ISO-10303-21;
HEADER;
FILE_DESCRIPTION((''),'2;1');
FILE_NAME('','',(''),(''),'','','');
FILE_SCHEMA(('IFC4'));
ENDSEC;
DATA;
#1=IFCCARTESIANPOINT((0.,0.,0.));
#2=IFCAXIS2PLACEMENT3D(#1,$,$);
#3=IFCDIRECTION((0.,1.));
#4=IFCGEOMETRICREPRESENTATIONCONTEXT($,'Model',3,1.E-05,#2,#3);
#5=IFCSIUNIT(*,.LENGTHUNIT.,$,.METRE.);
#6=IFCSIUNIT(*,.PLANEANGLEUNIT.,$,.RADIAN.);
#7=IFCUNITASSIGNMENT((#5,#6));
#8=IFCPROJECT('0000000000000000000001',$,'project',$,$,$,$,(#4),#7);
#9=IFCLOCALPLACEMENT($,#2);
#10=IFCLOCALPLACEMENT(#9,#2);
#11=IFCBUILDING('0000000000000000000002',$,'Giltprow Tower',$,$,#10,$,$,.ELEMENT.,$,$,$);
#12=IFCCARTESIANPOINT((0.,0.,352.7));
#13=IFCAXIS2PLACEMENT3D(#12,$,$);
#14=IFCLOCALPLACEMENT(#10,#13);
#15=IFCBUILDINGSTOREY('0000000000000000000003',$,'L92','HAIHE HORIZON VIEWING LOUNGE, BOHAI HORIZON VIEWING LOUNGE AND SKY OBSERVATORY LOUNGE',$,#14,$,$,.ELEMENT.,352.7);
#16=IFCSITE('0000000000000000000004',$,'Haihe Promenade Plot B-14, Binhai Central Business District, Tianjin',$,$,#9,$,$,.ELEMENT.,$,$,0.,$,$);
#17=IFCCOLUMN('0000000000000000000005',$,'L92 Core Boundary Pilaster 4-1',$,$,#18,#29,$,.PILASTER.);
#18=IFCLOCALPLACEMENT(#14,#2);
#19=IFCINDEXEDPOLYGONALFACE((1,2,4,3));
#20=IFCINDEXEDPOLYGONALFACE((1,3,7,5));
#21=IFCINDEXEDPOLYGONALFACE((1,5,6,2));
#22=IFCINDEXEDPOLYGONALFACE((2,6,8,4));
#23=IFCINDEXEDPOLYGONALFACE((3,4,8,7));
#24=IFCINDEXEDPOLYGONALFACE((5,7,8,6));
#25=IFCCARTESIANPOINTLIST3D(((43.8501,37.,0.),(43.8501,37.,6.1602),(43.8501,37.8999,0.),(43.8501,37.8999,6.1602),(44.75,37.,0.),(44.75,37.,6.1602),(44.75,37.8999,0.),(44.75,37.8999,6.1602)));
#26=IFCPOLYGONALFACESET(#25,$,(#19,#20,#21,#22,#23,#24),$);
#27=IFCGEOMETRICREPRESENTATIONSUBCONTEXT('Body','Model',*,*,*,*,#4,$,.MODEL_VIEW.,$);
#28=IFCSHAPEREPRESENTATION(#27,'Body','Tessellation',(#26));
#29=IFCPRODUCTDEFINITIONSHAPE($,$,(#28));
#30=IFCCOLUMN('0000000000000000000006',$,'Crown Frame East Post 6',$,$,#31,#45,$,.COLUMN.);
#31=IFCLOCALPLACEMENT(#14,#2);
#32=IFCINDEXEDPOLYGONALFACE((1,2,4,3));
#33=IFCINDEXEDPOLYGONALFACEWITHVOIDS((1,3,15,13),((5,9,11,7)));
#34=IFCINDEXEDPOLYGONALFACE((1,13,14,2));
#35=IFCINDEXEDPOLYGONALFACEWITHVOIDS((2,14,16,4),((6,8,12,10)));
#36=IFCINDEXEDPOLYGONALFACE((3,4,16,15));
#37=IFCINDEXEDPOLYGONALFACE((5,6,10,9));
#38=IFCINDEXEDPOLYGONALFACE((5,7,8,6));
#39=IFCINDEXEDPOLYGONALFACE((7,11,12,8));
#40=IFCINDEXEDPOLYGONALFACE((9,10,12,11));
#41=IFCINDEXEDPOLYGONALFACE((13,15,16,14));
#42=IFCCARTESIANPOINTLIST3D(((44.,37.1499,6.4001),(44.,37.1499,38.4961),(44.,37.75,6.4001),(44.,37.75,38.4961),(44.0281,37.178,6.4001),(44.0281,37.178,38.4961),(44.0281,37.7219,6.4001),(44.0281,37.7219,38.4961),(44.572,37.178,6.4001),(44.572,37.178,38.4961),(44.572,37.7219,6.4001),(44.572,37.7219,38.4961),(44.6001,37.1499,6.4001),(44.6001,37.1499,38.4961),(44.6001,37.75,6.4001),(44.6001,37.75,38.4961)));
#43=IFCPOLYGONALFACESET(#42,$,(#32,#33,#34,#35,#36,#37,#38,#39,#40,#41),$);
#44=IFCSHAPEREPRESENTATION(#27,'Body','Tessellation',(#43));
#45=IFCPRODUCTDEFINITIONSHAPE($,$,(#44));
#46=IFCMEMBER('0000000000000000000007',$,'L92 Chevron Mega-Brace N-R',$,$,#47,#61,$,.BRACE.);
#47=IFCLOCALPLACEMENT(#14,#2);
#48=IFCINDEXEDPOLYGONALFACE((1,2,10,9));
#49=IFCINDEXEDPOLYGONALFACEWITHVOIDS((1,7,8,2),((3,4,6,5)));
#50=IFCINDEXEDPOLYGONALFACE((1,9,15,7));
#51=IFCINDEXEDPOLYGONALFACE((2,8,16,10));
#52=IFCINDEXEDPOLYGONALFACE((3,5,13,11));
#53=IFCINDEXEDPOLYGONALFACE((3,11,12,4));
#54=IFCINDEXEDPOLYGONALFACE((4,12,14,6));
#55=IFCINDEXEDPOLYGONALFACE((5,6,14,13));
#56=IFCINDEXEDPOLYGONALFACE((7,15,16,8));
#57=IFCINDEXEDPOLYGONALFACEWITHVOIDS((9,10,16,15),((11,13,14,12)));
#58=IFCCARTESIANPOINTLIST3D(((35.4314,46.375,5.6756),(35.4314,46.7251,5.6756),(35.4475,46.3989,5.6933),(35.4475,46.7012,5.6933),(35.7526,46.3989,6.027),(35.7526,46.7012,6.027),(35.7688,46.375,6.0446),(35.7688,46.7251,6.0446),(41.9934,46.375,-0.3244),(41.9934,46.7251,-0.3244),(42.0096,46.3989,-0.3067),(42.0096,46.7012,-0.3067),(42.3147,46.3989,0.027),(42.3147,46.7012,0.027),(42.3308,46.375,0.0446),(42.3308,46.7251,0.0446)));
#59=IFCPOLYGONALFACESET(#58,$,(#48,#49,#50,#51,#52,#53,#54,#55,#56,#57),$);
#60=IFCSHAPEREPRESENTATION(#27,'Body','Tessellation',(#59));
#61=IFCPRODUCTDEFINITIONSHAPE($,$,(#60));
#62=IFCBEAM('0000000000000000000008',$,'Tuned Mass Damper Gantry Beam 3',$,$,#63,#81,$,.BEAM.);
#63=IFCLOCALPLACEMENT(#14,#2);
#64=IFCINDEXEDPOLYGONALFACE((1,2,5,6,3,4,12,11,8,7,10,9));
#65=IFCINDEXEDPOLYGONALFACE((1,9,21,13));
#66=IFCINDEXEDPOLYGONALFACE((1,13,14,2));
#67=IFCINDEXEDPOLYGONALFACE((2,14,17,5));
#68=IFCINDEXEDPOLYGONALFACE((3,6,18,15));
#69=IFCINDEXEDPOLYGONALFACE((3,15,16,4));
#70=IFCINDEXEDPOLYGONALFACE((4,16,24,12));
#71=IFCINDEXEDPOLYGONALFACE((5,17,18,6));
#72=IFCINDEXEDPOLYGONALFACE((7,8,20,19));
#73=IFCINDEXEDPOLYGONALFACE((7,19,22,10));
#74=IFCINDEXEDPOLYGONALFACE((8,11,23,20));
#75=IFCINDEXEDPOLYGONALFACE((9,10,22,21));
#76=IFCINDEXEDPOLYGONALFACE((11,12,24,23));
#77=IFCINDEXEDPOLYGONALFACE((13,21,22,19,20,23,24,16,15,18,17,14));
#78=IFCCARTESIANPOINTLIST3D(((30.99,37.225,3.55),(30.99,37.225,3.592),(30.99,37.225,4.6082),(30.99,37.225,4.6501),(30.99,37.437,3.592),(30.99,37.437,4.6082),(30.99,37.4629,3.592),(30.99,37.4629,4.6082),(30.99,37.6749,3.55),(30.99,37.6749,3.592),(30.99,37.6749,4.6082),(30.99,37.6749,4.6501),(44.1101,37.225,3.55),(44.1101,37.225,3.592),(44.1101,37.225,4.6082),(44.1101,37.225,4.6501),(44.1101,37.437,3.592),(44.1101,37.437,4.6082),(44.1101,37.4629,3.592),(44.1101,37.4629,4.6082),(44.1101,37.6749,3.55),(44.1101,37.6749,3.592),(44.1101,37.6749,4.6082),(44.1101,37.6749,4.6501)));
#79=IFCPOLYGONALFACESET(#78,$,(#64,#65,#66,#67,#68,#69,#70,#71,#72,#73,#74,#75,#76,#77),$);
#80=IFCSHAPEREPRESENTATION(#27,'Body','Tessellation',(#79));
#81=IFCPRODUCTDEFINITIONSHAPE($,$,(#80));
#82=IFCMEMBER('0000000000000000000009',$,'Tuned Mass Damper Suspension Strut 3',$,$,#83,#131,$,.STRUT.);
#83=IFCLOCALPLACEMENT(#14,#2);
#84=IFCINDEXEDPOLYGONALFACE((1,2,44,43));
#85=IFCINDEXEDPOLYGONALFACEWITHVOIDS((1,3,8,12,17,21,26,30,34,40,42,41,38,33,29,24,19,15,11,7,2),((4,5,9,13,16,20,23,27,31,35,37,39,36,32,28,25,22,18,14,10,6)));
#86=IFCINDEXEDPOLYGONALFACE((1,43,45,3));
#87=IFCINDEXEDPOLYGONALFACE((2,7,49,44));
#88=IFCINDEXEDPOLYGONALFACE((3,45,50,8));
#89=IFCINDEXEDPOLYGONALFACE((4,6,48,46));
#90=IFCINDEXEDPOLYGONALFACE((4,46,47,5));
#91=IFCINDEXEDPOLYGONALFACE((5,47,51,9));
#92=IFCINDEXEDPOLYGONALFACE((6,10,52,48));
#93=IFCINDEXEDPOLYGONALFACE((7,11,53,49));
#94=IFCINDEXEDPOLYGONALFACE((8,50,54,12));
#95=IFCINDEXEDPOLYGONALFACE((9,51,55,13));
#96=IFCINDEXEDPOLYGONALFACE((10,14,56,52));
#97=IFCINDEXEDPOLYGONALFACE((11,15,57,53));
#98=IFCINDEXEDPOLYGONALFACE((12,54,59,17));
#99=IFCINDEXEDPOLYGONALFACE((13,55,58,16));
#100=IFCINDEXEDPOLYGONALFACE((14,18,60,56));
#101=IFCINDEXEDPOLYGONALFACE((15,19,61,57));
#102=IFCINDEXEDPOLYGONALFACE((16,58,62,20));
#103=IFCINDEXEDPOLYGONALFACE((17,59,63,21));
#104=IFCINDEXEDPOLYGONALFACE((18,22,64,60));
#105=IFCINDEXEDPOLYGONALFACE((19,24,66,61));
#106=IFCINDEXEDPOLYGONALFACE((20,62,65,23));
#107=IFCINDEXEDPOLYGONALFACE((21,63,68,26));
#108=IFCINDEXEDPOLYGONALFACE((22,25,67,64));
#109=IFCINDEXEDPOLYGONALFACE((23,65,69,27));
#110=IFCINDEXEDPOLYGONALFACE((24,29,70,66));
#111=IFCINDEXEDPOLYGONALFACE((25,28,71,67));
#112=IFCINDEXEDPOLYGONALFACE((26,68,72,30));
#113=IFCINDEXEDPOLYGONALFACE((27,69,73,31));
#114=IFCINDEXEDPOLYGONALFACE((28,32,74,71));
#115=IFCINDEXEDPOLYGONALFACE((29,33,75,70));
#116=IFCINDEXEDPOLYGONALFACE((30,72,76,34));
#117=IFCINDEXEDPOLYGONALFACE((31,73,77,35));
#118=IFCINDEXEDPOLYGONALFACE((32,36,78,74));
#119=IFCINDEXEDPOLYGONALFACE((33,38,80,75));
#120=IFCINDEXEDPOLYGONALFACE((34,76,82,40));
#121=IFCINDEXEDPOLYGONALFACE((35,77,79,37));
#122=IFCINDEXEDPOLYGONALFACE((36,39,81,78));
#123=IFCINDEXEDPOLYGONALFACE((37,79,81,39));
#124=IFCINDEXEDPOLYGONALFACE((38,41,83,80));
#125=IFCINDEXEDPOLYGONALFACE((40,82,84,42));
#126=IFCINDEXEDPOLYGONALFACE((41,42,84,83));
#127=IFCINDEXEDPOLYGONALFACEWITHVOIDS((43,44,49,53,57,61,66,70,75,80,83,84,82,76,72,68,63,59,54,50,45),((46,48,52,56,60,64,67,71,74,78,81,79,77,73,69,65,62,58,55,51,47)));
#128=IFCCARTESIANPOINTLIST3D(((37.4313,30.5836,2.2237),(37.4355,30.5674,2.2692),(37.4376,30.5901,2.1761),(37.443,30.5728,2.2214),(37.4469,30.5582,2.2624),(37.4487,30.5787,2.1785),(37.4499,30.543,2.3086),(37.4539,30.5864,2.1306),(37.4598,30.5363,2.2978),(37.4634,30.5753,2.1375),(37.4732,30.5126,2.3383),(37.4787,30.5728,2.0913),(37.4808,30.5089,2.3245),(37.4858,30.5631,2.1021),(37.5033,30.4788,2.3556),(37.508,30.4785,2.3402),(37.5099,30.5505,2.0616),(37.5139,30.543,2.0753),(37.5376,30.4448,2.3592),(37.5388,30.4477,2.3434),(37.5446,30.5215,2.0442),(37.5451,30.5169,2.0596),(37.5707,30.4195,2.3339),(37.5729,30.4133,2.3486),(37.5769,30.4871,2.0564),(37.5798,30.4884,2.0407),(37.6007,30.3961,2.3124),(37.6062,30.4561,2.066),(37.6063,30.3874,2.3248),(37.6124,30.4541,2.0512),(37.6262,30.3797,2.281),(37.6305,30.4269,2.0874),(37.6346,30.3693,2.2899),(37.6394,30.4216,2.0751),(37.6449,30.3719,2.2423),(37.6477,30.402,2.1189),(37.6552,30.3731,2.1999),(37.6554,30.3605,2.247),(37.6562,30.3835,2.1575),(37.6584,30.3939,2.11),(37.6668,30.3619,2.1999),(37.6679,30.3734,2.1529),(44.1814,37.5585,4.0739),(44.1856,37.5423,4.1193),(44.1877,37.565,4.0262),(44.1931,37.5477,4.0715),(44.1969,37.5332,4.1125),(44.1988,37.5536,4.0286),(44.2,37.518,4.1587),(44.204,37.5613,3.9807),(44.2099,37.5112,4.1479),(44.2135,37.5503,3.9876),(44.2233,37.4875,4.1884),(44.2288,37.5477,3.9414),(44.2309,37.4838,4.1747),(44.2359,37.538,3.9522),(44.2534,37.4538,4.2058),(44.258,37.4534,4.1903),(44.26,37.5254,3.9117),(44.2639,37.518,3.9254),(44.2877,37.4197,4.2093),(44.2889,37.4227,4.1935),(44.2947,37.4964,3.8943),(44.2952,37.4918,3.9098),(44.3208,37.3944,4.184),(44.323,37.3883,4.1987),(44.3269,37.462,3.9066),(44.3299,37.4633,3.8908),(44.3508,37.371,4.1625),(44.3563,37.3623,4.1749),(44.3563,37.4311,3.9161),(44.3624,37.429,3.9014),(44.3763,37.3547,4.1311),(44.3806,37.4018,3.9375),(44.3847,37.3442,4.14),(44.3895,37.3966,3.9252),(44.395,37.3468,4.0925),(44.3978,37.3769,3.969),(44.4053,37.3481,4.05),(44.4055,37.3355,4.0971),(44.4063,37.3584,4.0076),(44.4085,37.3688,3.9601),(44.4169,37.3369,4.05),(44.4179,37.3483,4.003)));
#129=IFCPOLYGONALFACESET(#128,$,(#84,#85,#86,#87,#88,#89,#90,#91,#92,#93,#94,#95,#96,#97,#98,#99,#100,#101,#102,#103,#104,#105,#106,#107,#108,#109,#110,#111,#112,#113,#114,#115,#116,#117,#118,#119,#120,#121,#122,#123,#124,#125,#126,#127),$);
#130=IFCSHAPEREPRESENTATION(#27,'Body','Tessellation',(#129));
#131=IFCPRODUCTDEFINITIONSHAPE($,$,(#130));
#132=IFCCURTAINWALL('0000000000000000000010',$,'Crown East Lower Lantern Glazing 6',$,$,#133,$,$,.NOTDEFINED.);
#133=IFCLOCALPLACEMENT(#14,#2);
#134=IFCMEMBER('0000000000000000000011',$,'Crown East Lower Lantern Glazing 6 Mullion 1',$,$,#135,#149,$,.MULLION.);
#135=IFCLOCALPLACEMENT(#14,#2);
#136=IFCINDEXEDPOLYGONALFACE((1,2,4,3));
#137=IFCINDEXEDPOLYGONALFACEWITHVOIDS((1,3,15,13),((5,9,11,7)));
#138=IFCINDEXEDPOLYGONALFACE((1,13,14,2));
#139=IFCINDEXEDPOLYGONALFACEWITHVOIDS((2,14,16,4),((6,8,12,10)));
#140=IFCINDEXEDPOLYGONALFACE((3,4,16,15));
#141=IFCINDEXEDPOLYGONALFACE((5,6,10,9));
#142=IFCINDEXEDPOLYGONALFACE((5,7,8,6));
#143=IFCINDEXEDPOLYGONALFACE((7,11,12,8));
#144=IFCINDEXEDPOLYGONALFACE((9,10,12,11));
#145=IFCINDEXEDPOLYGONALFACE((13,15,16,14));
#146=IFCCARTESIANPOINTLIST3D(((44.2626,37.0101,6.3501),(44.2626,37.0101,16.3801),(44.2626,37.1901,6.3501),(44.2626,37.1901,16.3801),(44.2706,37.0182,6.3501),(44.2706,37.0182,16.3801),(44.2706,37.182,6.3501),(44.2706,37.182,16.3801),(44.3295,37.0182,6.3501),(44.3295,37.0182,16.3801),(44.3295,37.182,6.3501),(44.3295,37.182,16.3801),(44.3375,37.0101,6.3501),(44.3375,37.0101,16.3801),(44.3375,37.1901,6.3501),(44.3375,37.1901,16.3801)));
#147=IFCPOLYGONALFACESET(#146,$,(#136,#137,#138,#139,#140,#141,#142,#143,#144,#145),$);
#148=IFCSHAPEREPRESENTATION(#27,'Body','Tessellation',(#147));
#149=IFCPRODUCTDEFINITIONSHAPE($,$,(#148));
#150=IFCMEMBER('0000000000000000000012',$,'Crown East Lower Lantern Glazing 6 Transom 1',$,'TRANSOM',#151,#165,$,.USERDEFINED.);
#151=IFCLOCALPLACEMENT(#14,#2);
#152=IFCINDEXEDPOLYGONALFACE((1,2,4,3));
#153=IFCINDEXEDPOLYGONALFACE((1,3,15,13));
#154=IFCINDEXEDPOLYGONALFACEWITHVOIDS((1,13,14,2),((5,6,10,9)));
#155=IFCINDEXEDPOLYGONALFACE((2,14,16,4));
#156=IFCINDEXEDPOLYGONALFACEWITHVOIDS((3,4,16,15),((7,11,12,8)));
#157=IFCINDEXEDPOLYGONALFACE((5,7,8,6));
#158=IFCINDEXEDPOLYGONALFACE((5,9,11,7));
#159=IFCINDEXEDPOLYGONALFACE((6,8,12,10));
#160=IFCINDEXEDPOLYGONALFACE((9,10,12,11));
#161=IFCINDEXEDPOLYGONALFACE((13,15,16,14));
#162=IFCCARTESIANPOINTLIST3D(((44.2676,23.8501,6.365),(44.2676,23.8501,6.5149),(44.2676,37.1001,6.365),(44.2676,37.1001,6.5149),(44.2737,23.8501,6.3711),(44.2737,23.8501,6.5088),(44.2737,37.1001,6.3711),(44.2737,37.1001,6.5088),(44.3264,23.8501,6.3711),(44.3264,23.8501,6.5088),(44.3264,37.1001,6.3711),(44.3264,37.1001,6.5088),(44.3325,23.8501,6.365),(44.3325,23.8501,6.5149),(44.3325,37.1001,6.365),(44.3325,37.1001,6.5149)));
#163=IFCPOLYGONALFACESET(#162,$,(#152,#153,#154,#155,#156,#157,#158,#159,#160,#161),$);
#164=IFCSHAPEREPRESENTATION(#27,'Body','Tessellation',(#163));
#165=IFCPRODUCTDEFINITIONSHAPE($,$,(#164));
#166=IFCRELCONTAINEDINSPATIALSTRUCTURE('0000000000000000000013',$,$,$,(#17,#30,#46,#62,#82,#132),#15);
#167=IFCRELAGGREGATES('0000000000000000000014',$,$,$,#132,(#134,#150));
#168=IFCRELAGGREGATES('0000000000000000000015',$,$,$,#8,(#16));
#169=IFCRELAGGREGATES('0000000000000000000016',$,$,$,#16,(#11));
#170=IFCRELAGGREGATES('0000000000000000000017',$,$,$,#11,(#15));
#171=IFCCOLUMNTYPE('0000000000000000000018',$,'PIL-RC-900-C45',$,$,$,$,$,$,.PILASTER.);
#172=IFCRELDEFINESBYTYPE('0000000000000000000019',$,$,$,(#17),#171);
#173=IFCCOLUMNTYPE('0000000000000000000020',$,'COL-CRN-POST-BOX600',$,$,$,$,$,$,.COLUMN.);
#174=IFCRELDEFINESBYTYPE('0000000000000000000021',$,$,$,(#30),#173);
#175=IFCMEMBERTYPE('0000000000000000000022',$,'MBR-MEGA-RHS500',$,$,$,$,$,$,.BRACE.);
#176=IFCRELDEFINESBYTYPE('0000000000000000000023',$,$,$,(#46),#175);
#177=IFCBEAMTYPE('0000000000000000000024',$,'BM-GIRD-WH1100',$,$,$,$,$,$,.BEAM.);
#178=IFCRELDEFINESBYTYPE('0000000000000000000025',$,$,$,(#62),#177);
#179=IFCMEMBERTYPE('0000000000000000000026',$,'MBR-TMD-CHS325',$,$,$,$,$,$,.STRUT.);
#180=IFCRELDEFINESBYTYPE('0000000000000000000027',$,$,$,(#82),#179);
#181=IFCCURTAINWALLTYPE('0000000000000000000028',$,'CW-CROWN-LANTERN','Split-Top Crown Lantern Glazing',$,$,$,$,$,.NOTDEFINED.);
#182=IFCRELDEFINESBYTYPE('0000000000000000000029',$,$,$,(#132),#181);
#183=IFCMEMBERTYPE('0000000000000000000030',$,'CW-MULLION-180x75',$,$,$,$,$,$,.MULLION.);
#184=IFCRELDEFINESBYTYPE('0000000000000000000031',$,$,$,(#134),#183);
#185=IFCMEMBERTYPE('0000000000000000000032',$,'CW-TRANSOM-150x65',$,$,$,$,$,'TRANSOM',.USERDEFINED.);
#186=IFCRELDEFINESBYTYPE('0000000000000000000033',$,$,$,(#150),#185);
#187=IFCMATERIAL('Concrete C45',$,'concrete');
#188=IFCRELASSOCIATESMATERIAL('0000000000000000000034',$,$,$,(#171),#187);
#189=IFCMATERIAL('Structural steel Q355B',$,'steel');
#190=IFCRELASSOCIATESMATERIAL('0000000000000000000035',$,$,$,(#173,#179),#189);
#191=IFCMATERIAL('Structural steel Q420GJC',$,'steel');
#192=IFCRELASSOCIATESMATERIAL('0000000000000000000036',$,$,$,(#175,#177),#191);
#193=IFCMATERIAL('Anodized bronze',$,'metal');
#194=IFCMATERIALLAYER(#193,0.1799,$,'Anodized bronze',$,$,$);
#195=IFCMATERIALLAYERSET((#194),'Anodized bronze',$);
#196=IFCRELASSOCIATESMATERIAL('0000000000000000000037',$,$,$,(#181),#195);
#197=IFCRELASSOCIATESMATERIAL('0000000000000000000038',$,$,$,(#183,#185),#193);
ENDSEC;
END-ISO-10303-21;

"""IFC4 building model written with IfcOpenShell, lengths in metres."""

from ifc_helpers import new_model, si_unit, direction, frame, origin, origin_2d, place, context, subcontext, project, spatial, rectangle, hollow_rectangle, hollow_circle, i_section, extrude, source, transform, mapped, material, layer, layer_set, material_profile, profile_set, type_object, element, aggregate, save


model = new_model("IFC4")

# Units and contexts
model_context = context("Model", 3, precision=1e-05, world=origin(), true_north=direction((0.0, 1.0)))
body_context = subcontext(model_context, "Body", "Model", "MODEL_VIEW")
ifc_project = project(units=[si_unit("LENGTHUNIT", "METRE"), si_unit("PLANEANGLEUNIT", "RADIAN")], contexts=[model_context])

# Site, building, storey
site_placement = place(None, origin())
site = spatial("IfcSite", under=ifc_project, at=site_placement, Name="Haihe Promenade Plot B-14, Binhai Central Business District, Tianjin", CompositionType="ELEMENT", RefElevation=0.0)
building_placement = place(site_placement, origin())
building = spatial("IfcBuilding", under=site, at=building_placement, Name="Giltprow Tower", CompositionType="ELEMENT")
storey_placement = place(building_placement, frame((0.0, 0.0, 352.7)))
storey = spatial("IfcBuildingStorey", under=building, at=storey_placement, Name="L92", Description="HAIHE HORIZON VIEWING LOUNGE, BOHAI HORIZON VIEWING LOUNGE AND SKY OBSERVATORY LOUNGE", CompositionType="ELEMENT", Elevation=352.7)

# Columns
ifc_material_1 = material(Name="Concrete C45", Category="concrete")
ifc_material_profile_1 = material_profile(ifc_material_1, rectangle(XDim=0.8999, YDim=0.8999, at=origin_2d()), Name="RC 900x900")
ifc_profile_set_1 = profile_set([ifc_material_profile_1], Name="Concrete C45")
column_type_1 = type_object("IfcColumnType", Name="PIL-RC-900-C45", PredefinedType="PILASTER", material=ifc_profile_set_1)
shared_shape_1 = source(origin(), body_context, "Body", "SweptSolid", [
    extrude(rectangle(XDim=0.8999, YDim=0.8999, at=origin_2d()), origin(), (0.0, 0.0, 1.0), 6.1602),
])
column_1_placement = place(storey_placement, frame((44.3, 37.45, 0.0), z_axis=(0.0, 0.0, 1.0), x_axis=(1.0, 0.0, 0.0)))
element("IfcColumn", 1, at=column_1_placement, inside=storey, type_object=column_type_1, Name="L92 Core Boundary Pilaster 4-1", PredefinedType="PILASTER", context=body_context, shape_type="MappedRepresentation", body=[
    mapped(shared_shape_1, transform((0.0, 0.0, 0.0), x_axis=(1.0, 0.0, 0.0), y_axis=(0.0, 1.0, 0.0), z_axis=(0.0, 0.0, 1.0), scale=1.0)),
])
ifc_material_2 = material(Name="Structural steel Q355B", Category="steel")
ifc_material_profile_2 = material_profile(ifc_material_2, hollow_rectangle(XDim=0.6001, YDim=0.6001, WallThickness=0.0281, at=origin_2d()), Name="BOX 600x600x28")
ifc_profile_set_2 = profile_set([ifc_material_profile_2], Name="Structural steel Q355B")
column_type_2 = type_object("IfcColumnType", Name="COL-CRN-POST-BOX600", PredefinedType="COLUMN", material=ifc_profile_set_2)
shared_shape_2 = source(origin(), body_context, "Body", "SweptSolid", [
    extrude(hollow_rectangle(XDim=0.6001, YDim=0.6001, WallThickness=0.0281, at=origin_2d()), origin(), (0.0, 0.0, 1.0), 32.0959),
])
column_2_placement = place(storey_placement, frame((44.3, 37.45, 6.4001), z_axis=(0.0, 0.0, 1.0), x_axis=(1.0, 0.0, 0.0)))
element("IfcColumn", 2, at=column_2_placement, inside=storey, type_object=column_type_2, Name="Crown Frame East Post 6", PredefinedType="COLUMN", context=body_context, shape_type="MappedRepresentation", body=[
    mapped(shared_shape_2, transform((0.0, 0.0, 0.0), x_axis=(1.0, 0.0, 0.0), y_axis=(0.0, 1.0, 0.0), z_axis=(0.0, 0.0, 1.0), scale=1.0)),
])

# Member
ifc_material_3 = material(Name="Structural steel Q420GJC", Category="steel")
ifc_material_profile_3 = material_profile(ifc_material_3, hollow_rectangle(XDim=0.3501, YDim=0.5, WallThickness=0.0239, at=origin_2d()), Name="RHS 500x350x24")
ifc_profile_set_3 = profile_set([ifc_material_profile_3], Name="Structural steel Q420GJC")
member_type_1 = type_object("IfcMemberType", Name="MBR-MEGA-RHS500", PredefinedType="BRACE", material=ifc_profile_set_3)
shared_shape_3 = source(origin(), body_context, "Body", "SweptSolid", [
    extrude(hollow_rectangle(XDim=0.3501, YDim=0.5, WallThickness=0.0239, at=origin_2d()), origin(), (0.0, 0.0, 1.0), 8.8916),
])
member_1_placement = place(storey_placement, frame((42.1621, 46.55, -0.1399), z_axis=(-0.738004, 0.0, 0.674797), x_axis=(0.0, -1.0, 0.0)))
element("IfcMember", 3, at=member_1_placement, inside=storey, type_object=member_type_1, Name="L92 Chevron Mega-Brace N-R", PredefinedType="BRACE", context=body_context, shape_type="MappedRepresentation", body=[
    mapped(shared_shape_3, transform((0.0, 0.0, 0.0), x_axis=(1.0, 0.0, 0.0), y_axis=(0.0, 1.0, 0.0), z_axis=(0.0, 0.0, 1.0), scale=1.0)),
])

# Beam
ifc_material_profile_4 = material_profile(ifc_material_3, i_section(OverallWidth=0.45, OverallDepth=1.1001, WebThickness=0.0259, FlangeThickness=0.042, at=origin_2d()), Name="WH 1100x450x26x42")
ifc_profile_set_4 = profile_set([ifc_material_profile_4], Name="Structural steel Q420GJC")
beam_type = type_object("IfcBeamType", Name="BM-GIRD-WH1100", PredefinedType="BEAM", material=ifc_profile_set_4)
shared_shape_4 = source(origin(), body_context, "Body", "SweptSolid", [
    extrude(i_section(OverallWidth=0.45, OverallDepth=1.1001, WebThickness=0.0259, FlangeThickness=0.042, at=origin_2d()), origin(), (0.0, 0.0, 1.0), 13.1201),
])
beam_placement = place(storey_placement, frame((44.1101, 37.45, 4.1001), z_axis=(-1.0, 0.0, 0.0), x_axis=(0.0, -1.0, 0.0)))
element("IfcBeam", 4, at=beam_placement, inside=storey, type_object=beam_type, Name="Tuned Mass Damper Gantry Beam 3", PredefinedType="BEAM", context=body_context, shape_type="MappedRepresentation", body=[
    mapped(shared_shape_4, transform((0.0, 0.0, 0.0), x_axis=(1.0, 0.0, 0.0), y_axis=(0.0, 1.0, 0.0), z_axis=(0.0, 0.0, 1.0), scale=1.0)),
])

# Member
ifc_material_profile_5 = material_profile(ifc_material_2, hollow_circle(Radius=0.1626, WallThickness=0.0161, at=origin_2d()), Name="CHS 325x16")
ifc_profile_set_5 = profile_set([ifc_material_profile_5], Name="Structural steel Q355B")
member_type_2 = type_object("IfcMemberType", Name="MBR-TMD-CHS325", PredefinedType="STRUT", material=ifc_profile_set_5)
shared_shape_5 = source(origin(), body_context, "Body", "SweptSolid", [
    extrude(hollow_circle(Radius=0.1626, WallThickness=0.0161, at=origin_2d()), origin(), (0.0, 0.0, 1.0), 9.8811),
])
member_2_placement = place(storey_placement, frame((44.3, 37.45, 4.05), z_axis=(-0.68313, -0.705886, -0.187238), x_axis=(0.718595, -0.695429, 0.0)))
element("IfcMember", 5, at=member_2_placement, inside=storey, type_object=member_type_2, Name="Tuned Mass Damper Suspension Strut 3", PredefinedType="STRUT", context=body_context, shape_type="MappedRepresentation", body=[
    mapped(shared_shape_5, transform((0.0, 0.0, 0.0), x_axis=(1.0, 0.0, 0.0), y_axis=(0.0, 1.0, 0.0), z_axis=(0.0, 0.0, 1.0), scale=1.0)),
])

# Curtain wall, members
ifc_material_4 = material(Name="Anodized bronze", Category="metal")
ifc_layer_1 = layer(ifc_material_4, 0.1799, Name="Anodized bronze")
ifc_layer_set_1 = layer_set([ifc_layer_1], Name="Anodized bronze")
curtain_wall_type = type_object("IfcCurtainWallType", Name="CW-CROWN-LANTERN", Description="Split-Top Crown Lantern Glazing", PredefinedType="NOTDEFINED", material=ifc_layer_set_1)
curtain_wall_placement = place(storey_placement, origin())
curtain_wall = element("IfcCurtainWall", 6, at=curtain_wall_placement, inside=storey, type_object=curtain_wall_type, Name="Crown East Lower Lantern Glazing 6", PredefinedType="NOTDEFINED")
ifc_material_profile_6 = material_profile(ifc_material_4, hollow_rectangle(XDim=0.075, YDim=0.1799, WallThickness=0.0081, at=origin_2d()), Name="RHS 180x75x8")
ifc_profile_set_6 = profile_set([ifc_material_profile_6], Name="Anodized bronze")
member_type_3 = type_object("IfcMemberType", Name="CW-MULLION-180x75", PredefinedType="MULLION", material=ifc_profile_set_6)
shared_shape_6 = source(origin(), body_context, "Body", "SweptSolid", [
    extrude(hollow_rectangle(XDim=0.075, YDim=0.1799, WallThickness=0.0081, at=origin_2d()), origin(), (0.0, 0.0, 1.0), 10.03),
])
member_3_placement = place(storey_placement, frame((44.3, 37.1001, 6.3501), z_axis=(0.0, 0.0, 1.0), x_axis=(1.0, 0.0, 0.0)))
member_3 = element("IfcMember", 7, at=member_3_placement, type_object=member_type_3, Name="Crown East Lower Lantern Glazing 6 Mullion 1", PredefinedType="MULLION", context=body_context, shape_type="MappedRepresentation", body=[
    mapped(shared_shape_6, transform((0.0, 0.0, 0.0), x_axis=(1.0, 0.0, 0.0), y_axis=(0.0, 1.0, 0.0), z_axis=(0.0, 0.0, 1.0), scale=1.0)),
])
ifc_material_profile_7 = material_profile(ifc_material_4, hollow_rectangle(XDim=0.0649, YDim=0.1499, WallThickness=0.0061, at=origin_2d()), Name="RHS 150x65x6")
ifc_profile_set_7 = profile_set([ifc_material_profile_7], Name="Anodized bronze")
member_type_4 = type_object("IfcMemberType", Name="CW-TRANSOM-150x65", ElementType="TRANSOM", PredefinedType="USERDEFINED", material=ifc_profile_set_7)
shared_shape_7 = source(origin(), body_context, "Body", "SweptSolid", [
    extrude(hollow_rectangle(XDim=0.0649, YDim=0.1499, WallThickness=0.0061, at=origin_2d()), origin(), (0.0, 0.0, 1.0), 13.25),
])
member_4_placement = place(storey_placement, frame((44.3, 37.1001, 6.4399), z_axis=(0.0, -1.0, 0.0), x_axis=(1.0, 0.0, 0.0)))
member_4 = element("IfcMember", 8, at=member_4_placement, type_object=member_type_4, Name="Crown East Lower Lantern Glazing 6 Transom 1", ObjectType="TRANSOM", PredefinedType="USERDEFINED", context=body_context, shape_type="MappedRepresentation", body=[
    mapped(shared_shape_7, transform((0.0, 0.0, 0.0), x_axis=(1.0, 0.0, 0.0), y_axis=(0.0, 1.0, 0.0), z_axis=(0.0, 0.0, 1.0), scale=1.0)),
])
aggregate(curtain_wall, [member_3, member_4])

save(model, "model.ifc")
